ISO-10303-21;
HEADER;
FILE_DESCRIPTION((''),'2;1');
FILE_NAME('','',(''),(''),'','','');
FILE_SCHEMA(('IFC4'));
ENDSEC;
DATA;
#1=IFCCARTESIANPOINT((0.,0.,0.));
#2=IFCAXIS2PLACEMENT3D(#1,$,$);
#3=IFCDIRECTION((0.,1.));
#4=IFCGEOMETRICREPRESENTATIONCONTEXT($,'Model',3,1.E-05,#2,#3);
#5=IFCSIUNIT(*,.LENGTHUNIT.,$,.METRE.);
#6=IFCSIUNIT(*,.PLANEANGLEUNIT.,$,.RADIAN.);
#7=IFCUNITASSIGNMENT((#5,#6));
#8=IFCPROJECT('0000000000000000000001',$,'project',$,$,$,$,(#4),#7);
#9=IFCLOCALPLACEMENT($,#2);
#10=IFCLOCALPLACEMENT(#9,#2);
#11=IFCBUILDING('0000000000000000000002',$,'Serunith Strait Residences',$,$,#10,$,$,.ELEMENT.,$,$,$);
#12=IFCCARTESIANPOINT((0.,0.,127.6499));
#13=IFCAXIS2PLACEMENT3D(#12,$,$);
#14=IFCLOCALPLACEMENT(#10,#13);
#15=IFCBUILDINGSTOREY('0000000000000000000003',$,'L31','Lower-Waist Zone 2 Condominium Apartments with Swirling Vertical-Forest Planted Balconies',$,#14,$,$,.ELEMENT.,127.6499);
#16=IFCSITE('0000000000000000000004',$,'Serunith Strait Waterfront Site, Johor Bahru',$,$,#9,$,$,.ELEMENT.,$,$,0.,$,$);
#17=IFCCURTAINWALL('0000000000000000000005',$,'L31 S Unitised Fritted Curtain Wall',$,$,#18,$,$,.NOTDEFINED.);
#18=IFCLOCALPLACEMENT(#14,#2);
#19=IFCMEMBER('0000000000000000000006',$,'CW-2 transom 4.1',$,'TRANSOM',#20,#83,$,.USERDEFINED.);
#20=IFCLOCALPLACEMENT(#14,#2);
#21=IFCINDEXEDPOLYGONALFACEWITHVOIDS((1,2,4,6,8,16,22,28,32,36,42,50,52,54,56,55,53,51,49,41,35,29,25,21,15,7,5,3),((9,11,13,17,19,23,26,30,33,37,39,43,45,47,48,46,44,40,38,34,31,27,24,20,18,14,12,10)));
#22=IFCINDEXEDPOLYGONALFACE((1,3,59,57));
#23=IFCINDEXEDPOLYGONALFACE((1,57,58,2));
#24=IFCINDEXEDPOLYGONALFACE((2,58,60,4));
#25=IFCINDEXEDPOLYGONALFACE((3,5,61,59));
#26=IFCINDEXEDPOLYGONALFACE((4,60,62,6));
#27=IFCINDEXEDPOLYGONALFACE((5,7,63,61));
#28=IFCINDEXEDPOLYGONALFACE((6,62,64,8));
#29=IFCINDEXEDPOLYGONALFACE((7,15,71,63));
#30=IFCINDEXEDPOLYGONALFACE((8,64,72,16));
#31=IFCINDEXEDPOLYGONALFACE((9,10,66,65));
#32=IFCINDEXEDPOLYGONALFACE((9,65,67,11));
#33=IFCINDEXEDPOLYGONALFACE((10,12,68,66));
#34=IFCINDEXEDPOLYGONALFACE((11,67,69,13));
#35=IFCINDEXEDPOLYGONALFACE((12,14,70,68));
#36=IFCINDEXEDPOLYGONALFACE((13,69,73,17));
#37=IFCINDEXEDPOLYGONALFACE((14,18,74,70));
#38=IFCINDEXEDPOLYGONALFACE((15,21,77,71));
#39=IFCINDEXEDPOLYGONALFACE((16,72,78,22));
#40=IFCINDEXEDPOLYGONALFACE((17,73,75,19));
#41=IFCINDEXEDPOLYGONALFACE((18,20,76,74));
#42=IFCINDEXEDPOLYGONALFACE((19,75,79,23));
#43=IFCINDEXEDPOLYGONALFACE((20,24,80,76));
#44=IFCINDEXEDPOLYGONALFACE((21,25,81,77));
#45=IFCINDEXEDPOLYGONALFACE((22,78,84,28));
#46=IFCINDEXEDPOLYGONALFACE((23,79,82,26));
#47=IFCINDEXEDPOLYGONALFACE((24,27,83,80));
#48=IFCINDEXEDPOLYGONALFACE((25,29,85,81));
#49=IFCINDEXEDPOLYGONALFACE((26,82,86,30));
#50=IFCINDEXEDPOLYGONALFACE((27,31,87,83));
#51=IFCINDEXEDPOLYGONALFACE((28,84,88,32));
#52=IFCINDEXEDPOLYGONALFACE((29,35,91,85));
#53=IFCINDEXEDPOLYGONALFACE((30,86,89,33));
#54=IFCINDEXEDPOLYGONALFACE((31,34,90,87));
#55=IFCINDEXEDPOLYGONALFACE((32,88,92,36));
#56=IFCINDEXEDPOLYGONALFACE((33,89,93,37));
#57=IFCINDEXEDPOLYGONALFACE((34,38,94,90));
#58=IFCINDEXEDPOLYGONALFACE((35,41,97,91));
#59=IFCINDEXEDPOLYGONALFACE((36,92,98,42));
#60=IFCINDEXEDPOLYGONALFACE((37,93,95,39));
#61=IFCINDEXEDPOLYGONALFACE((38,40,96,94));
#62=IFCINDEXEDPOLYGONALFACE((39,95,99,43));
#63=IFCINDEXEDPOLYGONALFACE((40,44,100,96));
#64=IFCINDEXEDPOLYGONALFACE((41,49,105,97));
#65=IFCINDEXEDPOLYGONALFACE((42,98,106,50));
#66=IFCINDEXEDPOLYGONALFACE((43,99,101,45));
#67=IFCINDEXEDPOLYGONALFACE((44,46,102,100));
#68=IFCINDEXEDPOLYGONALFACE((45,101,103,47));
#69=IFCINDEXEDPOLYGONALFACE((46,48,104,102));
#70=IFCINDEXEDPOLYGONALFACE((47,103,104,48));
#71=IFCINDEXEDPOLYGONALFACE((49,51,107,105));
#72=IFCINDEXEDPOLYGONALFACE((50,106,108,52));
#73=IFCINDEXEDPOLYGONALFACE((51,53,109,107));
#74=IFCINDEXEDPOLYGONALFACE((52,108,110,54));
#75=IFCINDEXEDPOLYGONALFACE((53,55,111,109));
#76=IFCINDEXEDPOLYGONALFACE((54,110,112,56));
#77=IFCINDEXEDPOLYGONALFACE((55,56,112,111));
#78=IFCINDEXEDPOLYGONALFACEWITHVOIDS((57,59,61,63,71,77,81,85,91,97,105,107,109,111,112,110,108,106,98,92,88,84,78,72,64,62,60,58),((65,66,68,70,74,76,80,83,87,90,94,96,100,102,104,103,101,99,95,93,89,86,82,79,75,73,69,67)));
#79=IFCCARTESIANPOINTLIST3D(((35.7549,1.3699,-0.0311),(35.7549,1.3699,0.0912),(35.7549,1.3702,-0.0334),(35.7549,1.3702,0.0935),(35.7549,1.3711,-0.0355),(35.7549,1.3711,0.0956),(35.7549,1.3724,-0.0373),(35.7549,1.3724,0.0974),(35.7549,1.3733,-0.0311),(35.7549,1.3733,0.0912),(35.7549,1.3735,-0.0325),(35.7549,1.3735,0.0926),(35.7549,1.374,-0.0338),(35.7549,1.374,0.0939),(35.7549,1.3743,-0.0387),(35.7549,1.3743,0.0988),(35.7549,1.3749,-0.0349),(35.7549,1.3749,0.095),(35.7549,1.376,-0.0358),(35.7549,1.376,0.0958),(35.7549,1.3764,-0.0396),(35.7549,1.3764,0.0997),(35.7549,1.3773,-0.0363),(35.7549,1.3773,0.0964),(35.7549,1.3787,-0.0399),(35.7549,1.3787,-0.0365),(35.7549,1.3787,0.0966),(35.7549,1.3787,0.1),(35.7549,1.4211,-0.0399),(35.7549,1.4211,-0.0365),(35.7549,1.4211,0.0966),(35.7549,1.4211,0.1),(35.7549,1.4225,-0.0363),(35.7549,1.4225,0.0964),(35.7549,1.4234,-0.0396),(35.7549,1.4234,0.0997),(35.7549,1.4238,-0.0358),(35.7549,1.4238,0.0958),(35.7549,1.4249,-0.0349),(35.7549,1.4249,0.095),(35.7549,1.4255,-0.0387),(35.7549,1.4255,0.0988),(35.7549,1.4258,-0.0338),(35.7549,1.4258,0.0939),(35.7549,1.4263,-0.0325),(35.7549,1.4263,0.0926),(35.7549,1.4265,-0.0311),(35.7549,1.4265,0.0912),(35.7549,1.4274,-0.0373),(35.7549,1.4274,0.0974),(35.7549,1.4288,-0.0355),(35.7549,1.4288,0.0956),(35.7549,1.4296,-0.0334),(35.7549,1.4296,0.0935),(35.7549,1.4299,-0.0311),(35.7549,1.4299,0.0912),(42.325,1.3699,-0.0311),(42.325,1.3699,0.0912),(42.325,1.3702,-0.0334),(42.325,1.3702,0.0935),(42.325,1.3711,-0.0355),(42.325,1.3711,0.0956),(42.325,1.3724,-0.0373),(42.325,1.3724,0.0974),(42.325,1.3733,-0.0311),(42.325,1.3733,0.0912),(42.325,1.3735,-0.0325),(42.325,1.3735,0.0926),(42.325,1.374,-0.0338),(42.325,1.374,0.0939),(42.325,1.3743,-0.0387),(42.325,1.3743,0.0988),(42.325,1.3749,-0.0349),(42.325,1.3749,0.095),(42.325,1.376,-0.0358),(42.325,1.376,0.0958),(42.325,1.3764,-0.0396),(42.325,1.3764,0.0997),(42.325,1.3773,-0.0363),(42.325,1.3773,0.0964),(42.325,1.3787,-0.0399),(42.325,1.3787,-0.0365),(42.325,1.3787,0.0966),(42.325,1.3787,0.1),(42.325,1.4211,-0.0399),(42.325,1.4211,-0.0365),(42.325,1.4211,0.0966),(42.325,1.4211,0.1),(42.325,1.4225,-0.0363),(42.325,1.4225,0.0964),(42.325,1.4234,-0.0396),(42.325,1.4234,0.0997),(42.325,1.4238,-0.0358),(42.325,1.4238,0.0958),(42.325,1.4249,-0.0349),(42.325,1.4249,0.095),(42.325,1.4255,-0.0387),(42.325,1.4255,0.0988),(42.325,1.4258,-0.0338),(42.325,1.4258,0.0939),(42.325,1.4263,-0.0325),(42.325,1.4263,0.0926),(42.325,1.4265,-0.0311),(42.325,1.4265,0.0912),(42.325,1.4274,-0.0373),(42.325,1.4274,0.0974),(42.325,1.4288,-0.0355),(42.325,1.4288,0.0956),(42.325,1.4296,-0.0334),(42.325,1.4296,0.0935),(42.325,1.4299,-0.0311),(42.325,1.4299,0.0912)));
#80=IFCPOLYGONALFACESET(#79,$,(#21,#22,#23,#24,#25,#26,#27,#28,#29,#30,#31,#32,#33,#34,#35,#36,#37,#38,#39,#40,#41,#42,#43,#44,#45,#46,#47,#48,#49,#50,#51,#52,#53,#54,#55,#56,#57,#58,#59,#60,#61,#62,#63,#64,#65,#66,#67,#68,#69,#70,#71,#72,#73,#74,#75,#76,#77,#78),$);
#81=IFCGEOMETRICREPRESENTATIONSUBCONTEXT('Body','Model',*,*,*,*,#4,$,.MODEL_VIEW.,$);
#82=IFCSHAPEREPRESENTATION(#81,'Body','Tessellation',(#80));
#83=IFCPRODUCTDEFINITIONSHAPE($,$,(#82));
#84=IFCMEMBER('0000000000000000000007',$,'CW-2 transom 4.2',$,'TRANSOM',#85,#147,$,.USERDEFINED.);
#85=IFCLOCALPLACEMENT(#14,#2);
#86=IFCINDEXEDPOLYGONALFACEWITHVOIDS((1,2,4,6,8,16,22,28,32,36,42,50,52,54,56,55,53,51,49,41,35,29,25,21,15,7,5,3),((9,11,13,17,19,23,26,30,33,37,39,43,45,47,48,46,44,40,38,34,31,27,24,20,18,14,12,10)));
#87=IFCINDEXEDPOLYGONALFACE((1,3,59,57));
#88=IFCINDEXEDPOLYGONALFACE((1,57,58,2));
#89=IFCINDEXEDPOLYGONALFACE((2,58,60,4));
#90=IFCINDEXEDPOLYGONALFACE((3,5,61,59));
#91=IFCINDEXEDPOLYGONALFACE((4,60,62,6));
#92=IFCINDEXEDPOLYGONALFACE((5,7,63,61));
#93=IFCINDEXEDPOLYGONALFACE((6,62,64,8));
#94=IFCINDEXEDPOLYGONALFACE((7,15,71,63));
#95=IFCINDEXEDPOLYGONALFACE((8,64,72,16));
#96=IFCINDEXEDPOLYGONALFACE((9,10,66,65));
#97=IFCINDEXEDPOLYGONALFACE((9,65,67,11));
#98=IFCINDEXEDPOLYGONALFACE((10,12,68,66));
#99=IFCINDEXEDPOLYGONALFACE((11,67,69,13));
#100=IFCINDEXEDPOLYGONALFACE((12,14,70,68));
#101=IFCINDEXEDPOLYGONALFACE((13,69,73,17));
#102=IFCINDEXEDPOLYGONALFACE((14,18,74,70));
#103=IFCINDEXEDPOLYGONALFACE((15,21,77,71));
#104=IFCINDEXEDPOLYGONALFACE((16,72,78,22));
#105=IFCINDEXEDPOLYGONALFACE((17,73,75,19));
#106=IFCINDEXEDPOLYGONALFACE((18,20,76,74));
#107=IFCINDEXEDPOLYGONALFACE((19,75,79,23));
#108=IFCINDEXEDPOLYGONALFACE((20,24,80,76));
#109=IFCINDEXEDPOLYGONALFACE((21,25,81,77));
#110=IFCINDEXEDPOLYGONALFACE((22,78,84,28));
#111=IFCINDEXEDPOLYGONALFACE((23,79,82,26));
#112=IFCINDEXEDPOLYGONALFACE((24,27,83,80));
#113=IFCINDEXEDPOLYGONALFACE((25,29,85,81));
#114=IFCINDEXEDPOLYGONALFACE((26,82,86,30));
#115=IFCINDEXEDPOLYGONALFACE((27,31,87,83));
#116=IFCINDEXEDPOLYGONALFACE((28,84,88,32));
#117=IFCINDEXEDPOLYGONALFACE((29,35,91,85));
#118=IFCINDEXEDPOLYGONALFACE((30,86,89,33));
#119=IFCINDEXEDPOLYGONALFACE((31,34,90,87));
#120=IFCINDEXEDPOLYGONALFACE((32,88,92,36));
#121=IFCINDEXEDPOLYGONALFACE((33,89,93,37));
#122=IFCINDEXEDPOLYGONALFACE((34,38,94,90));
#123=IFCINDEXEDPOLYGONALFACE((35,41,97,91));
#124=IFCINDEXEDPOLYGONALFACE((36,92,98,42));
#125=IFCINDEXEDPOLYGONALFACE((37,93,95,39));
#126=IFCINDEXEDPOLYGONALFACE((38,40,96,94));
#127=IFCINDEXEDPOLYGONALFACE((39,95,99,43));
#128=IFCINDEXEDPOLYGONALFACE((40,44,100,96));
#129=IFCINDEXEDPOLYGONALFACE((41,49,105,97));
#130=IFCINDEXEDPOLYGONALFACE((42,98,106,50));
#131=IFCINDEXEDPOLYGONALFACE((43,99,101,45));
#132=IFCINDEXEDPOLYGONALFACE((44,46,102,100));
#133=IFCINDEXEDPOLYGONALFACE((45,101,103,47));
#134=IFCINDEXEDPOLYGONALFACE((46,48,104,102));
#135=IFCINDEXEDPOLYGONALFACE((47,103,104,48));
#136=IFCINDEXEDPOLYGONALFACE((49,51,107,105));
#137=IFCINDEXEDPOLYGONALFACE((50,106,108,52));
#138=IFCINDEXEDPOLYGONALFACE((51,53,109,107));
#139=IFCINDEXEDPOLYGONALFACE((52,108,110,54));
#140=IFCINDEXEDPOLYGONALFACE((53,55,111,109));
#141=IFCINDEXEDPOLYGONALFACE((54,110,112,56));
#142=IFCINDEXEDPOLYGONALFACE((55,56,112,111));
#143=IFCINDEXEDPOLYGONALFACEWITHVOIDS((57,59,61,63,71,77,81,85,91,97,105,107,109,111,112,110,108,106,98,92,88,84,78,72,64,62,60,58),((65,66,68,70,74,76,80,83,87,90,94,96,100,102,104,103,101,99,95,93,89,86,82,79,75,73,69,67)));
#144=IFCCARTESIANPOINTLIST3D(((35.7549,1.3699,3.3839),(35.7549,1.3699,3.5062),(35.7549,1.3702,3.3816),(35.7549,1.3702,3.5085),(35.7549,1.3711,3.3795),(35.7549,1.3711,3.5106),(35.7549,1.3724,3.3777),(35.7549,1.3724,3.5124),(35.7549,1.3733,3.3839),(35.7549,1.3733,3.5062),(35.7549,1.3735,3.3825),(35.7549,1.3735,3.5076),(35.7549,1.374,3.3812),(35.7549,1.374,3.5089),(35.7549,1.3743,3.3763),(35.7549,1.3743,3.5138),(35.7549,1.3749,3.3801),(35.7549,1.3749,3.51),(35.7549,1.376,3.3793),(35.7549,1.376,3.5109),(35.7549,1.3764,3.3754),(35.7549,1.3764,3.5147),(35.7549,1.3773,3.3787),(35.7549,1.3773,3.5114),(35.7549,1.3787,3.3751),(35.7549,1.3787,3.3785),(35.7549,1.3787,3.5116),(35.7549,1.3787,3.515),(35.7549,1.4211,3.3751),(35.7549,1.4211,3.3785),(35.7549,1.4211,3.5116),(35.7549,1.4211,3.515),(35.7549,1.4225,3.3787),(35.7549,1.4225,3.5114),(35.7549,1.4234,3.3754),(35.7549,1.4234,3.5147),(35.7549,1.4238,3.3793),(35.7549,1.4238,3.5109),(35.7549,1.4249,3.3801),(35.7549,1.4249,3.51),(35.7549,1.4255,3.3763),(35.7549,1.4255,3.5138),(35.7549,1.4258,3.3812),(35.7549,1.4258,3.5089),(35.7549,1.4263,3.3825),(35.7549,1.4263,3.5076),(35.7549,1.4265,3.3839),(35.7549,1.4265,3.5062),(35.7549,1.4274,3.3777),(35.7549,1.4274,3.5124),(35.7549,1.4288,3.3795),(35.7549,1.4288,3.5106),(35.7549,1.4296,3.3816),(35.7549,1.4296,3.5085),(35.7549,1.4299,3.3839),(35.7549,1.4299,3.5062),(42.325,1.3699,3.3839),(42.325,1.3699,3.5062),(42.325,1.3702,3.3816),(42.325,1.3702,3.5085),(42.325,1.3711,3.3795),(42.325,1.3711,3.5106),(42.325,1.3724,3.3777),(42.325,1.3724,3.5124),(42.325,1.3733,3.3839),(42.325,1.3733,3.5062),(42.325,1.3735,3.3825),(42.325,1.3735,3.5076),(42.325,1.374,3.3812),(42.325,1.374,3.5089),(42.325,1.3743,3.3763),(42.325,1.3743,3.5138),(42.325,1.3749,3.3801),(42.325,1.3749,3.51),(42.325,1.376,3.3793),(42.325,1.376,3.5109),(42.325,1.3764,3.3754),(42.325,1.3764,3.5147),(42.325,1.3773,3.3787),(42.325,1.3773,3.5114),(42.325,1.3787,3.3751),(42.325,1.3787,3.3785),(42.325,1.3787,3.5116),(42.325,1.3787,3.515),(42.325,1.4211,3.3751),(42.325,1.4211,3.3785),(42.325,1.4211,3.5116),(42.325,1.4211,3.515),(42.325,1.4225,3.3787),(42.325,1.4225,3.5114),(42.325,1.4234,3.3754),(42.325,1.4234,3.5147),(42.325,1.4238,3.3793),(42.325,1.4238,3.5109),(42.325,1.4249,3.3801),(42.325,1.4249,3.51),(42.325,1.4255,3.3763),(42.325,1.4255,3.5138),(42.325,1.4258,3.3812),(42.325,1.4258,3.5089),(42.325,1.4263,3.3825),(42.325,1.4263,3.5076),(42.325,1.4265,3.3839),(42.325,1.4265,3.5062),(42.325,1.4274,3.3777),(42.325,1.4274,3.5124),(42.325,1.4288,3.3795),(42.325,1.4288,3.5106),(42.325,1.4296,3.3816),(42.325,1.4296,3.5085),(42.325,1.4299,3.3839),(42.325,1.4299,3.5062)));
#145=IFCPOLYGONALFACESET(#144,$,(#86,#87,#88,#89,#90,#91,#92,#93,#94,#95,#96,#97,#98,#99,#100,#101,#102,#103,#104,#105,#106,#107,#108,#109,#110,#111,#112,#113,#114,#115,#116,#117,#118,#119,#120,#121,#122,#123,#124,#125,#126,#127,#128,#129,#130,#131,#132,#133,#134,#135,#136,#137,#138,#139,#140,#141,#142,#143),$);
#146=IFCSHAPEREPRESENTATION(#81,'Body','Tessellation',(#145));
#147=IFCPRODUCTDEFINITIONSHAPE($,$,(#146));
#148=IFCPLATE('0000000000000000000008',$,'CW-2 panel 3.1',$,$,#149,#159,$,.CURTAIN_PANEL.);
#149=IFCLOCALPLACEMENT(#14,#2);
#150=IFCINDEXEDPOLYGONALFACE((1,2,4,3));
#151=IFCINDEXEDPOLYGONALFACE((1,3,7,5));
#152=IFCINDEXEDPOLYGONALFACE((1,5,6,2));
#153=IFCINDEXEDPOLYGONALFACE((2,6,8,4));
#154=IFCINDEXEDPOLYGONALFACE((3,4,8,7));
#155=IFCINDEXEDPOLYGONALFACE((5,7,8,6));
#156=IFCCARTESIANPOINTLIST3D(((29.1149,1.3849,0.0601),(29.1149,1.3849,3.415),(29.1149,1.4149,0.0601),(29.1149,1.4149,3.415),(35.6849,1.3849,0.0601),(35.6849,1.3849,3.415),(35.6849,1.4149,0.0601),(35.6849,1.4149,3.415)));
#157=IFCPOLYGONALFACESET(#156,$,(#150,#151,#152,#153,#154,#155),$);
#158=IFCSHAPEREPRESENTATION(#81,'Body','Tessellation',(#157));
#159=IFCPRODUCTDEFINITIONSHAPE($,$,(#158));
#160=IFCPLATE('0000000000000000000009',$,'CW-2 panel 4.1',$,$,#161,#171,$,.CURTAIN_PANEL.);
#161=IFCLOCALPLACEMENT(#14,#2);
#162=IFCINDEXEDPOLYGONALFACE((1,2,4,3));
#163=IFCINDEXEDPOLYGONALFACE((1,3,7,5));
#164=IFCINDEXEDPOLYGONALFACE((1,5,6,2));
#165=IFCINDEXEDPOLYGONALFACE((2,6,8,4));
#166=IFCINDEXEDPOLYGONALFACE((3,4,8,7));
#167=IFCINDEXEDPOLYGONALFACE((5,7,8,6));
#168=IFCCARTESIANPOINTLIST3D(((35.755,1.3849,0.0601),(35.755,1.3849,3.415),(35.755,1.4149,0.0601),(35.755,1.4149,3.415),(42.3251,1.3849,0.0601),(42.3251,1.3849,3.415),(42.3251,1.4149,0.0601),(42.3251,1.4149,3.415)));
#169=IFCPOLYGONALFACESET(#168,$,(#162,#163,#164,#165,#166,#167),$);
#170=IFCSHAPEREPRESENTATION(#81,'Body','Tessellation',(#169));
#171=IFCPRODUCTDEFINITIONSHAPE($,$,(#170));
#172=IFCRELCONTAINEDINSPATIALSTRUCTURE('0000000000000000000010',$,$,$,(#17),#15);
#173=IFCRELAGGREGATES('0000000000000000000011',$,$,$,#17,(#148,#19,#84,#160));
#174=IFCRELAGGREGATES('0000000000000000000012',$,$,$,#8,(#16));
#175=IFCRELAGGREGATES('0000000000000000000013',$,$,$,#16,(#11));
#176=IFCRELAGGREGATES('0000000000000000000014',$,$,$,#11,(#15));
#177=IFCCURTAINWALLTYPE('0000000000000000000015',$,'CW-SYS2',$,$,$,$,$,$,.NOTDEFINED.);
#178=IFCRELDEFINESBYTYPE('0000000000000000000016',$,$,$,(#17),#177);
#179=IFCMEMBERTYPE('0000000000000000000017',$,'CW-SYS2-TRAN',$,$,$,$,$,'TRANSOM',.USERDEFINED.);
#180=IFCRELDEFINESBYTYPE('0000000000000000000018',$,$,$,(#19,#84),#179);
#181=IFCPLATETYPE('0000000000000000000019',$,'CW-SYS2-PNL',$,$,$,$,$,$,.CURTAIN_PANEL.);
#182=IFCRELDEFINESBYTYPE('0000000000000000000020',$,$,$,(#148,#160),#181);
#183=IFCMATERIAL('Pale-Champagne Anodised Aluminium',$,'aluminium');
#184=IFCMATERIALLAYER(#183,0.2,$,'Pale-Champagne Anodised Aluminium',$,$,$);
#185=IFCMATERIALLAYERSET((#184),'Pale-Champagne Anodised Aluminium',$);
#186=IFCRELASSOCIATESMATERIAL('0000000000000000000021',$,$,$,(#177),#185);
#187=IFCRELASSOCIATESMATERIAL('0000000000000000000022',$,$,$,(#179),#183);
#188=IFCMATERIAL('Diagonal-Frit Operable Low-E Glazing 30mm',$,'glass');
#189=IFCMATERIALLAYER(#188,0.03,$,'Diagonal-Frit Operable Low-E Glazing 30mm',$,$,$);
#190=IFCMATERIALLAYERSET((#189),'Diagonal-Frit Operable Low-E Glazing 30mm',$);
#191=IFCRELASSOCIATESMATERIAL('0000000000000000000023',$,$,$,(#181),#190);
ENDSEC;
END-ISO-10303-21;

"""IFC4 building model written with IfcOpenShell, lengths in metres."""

from ifc_helpers import new_model, si_unit, direction, frame, origin, origin_2d, place, context, subcontext, project, spatial, rectangle, hollow_rectangle, extrude, source, transform, mapped, material, layer, layer_set, material_profile, profile_set, type_object, element, aggregate, save


model = new_model("IFC4")

# Units and contexts
model_context = context("Model", 3, precision=1e-05, world=origin(), true_north=direction((0.0, 1.0)))
body_context = subcontext(model_context, "Body", "Model", "MODEL_VIEW")
ifc_project = project(units=[si_unit("LENGTHUNIT", "METRE"), si_unit("PLANEANGLEUNIT", "RADIAN")], contexts=[model_context])

# Site, building, storey
site_placement = place(None, origin())
site = spatial("IfcSite", under=ifc_project, at=site_placement, Name="Serunith Strait Waterfront Site, Johor Bahru", CompositionType="ELEMENT", RefElevation=0.0)
building_placement = place(site_placement, origin())
building = spatial("IfcBuilding", under=site, at=building_placement, Name="Serunith Strait Residences", CompositionType="ELEMENT")
storey_placement = place(building_placement, frame((0.0, 0.0, 127.6499)))
storey = spatial("IfcBuildingStorey", under=building, at=storey_placement, Name="L31", Description="Lower-Waist Zone 2 Condominium Apartments with Swirling Vertical-Forest Planted Balconies", CompositionType="ELEMENT", Elevation=127.6499)

# Curtain wall, members, plates
ifc_material_1 = material(Name="Pale-Champagne Anodised Aluminium", Category="aluminium")
ifc_layer_1 = layer(ifc_material_1, 0.2, Name="Pale-Champagne Anodised Aluminium")
ifc_layer_set_1 = layer_set([ifc_layer_1], Name="Pale-Champagne Anodised Aluminium")
curtain_wall_type = type_object("IfcCurtainWallType", Name="CW-SYS2", PredefinedType="NOTDEFINED", material=ifc_layer_set_1)
curtain_wall_placement = place(storey_placement, origin())
curtain_wall = element("IfcCurtainWall", 1, at=curtain_wall_placement, inside=storey, type_object=curtain_wall_type, Name="L31 S Unitised Fritted Curtain Wall", PredefinedType="NOTDEFINED")
ifc_material_profile_1 = material_profile(ifc_material_1, hollow_rectangle(XDim=0.0601, YDim=0.1399, WallThickness=0.0034, InnerFilletRadius=0.0054, OuterFilletRadius=0.0088, at=origin_2d()), Name="ALU 140x60x3.5")
ifc_profile_set_1 = profile_set([ifc_material_profile_1], Name="Pale-Champagne Anodised Aluminium")
member_type_1 = type_object("IfcMemberType", Name="CW-SYS2-TRAN", ElementType="TRANSOM", PredefinedType="USERDEFINED", material=ifc_profile_set_1)
shared_shape_1 = source(origin(), body_context, "Body", "SweptSolid", [
    extrude(hollow_rectangle(XDim=0.0601, YDim=0.1399, WallThickness=0.0034, InnerFilletRadius=0.0054, OuterFilletRadius=0.0088, at=origin_2d()), origin(), (0.0, 0.0, 1.0), 6.5701),
])
member_1_placement = place(storey_placement, frame((35.7549, 1.3999, 0.03), z_axis=(1.0, 0.0, 0.0), x_axis=(0.0, 1.0, 0.0)))
member_1 = element("IfcMember", 2, at=member_1_placement, type_object=member_type_1, Name="CW-2 transom 4.1", ObjectType="TRANSOM", PredefinedType="USERDEFINED", context=body_context, shape_type="MappedRepresentation", body=[
    mapped(shared_shape_1, transform((0.0, 0.0, 0.0), scale=1.0)),
])
member_2_placement = place(storey_placement, frame((35.7549, 1.3999, 3.4451), z_axis=(1.0, 0.0, 0.0), x_axis=(0.0, 1.0, 0.0)))
member_2 = element("IfcMember", 3, at=member_2_placement, type_object=member_type_1, Name="CW-2 transom 4.2", ObjectType="TRANSOM", PredefinedType="USERDEFINED", context=body_context, shape_type="MappedRepresentation", body=[
    mapped(shared_shape_1, transform((0.0, 0.0, 0.0), scale=1.0)),
])
ifc_material_2 = material(Name="Diagonal-Frit Operable Low-E Glazing 30mm", Category="glass")
ifc_layer_2 = layer(ifc_material_2, 0.03, Name="Diagonal-Frit Operable Low-E Glazing 30mm")
ifc_layer_set_2 = layer_set([ifc_layer_2], Name="Diagonal-Frit Operable Low-E Glazing 30mm")
plate_type = type_object("IfcPlateType", Name="CW-SYS2-PNL", PredefinedType="CURTAIN_PANEL", material=ifc_layer_set_2)
shared_shape_2 = source(origin(), body_context, "Body", "SweptSolid", [
    extrude(rectangle(XDim=6.5701, YDim=0.03, at=origin_2d()), origin(), (0.0, 0.0, 1.0), 3.355),
])
plate_1_placement = place(storey_placement, frame((32.3999, 1.3999, 0.0601), z_axis=(0.0, 0.0, 1.0), x_axis=(1.0, 0.0, 0.0)))
plate_1 = element("IfcPlate", 4, at=plate_1_placement, type_object=plate_type, Name="CW-2 panel 3.1", PredefinedType="CURTAIN_PANEL", context=body_context, shape_type="MappedRepresentation", body=[
    mapped(shared_shape_2, transform((0.0, 0.0, 0.0), scale=1.0)),
])
plate_2_placement = place(storey_placement, frame((39.04, 1.3999, 0.0601), z_axis=(0.0, 0.0, 1.0), x_axis=(1.0, 0.0, 0.0)))
plate_2 = element("IfcPlate", 5, at=plate_2_placement, type_object=plate_type, Name="CW-2 panel 4.1", PredefinedType="CURTAIN_PANEL", context=body_context, shape_type="MappedRepresentation", body=[
    mapped(shared_shape_2, transform((0.0, 0.0, 0.0), scale=1.0)),
])
aggregate(curtain_wall, [plate_1, member_1, member_2, plate_2])

save(model, "model.ifc")
